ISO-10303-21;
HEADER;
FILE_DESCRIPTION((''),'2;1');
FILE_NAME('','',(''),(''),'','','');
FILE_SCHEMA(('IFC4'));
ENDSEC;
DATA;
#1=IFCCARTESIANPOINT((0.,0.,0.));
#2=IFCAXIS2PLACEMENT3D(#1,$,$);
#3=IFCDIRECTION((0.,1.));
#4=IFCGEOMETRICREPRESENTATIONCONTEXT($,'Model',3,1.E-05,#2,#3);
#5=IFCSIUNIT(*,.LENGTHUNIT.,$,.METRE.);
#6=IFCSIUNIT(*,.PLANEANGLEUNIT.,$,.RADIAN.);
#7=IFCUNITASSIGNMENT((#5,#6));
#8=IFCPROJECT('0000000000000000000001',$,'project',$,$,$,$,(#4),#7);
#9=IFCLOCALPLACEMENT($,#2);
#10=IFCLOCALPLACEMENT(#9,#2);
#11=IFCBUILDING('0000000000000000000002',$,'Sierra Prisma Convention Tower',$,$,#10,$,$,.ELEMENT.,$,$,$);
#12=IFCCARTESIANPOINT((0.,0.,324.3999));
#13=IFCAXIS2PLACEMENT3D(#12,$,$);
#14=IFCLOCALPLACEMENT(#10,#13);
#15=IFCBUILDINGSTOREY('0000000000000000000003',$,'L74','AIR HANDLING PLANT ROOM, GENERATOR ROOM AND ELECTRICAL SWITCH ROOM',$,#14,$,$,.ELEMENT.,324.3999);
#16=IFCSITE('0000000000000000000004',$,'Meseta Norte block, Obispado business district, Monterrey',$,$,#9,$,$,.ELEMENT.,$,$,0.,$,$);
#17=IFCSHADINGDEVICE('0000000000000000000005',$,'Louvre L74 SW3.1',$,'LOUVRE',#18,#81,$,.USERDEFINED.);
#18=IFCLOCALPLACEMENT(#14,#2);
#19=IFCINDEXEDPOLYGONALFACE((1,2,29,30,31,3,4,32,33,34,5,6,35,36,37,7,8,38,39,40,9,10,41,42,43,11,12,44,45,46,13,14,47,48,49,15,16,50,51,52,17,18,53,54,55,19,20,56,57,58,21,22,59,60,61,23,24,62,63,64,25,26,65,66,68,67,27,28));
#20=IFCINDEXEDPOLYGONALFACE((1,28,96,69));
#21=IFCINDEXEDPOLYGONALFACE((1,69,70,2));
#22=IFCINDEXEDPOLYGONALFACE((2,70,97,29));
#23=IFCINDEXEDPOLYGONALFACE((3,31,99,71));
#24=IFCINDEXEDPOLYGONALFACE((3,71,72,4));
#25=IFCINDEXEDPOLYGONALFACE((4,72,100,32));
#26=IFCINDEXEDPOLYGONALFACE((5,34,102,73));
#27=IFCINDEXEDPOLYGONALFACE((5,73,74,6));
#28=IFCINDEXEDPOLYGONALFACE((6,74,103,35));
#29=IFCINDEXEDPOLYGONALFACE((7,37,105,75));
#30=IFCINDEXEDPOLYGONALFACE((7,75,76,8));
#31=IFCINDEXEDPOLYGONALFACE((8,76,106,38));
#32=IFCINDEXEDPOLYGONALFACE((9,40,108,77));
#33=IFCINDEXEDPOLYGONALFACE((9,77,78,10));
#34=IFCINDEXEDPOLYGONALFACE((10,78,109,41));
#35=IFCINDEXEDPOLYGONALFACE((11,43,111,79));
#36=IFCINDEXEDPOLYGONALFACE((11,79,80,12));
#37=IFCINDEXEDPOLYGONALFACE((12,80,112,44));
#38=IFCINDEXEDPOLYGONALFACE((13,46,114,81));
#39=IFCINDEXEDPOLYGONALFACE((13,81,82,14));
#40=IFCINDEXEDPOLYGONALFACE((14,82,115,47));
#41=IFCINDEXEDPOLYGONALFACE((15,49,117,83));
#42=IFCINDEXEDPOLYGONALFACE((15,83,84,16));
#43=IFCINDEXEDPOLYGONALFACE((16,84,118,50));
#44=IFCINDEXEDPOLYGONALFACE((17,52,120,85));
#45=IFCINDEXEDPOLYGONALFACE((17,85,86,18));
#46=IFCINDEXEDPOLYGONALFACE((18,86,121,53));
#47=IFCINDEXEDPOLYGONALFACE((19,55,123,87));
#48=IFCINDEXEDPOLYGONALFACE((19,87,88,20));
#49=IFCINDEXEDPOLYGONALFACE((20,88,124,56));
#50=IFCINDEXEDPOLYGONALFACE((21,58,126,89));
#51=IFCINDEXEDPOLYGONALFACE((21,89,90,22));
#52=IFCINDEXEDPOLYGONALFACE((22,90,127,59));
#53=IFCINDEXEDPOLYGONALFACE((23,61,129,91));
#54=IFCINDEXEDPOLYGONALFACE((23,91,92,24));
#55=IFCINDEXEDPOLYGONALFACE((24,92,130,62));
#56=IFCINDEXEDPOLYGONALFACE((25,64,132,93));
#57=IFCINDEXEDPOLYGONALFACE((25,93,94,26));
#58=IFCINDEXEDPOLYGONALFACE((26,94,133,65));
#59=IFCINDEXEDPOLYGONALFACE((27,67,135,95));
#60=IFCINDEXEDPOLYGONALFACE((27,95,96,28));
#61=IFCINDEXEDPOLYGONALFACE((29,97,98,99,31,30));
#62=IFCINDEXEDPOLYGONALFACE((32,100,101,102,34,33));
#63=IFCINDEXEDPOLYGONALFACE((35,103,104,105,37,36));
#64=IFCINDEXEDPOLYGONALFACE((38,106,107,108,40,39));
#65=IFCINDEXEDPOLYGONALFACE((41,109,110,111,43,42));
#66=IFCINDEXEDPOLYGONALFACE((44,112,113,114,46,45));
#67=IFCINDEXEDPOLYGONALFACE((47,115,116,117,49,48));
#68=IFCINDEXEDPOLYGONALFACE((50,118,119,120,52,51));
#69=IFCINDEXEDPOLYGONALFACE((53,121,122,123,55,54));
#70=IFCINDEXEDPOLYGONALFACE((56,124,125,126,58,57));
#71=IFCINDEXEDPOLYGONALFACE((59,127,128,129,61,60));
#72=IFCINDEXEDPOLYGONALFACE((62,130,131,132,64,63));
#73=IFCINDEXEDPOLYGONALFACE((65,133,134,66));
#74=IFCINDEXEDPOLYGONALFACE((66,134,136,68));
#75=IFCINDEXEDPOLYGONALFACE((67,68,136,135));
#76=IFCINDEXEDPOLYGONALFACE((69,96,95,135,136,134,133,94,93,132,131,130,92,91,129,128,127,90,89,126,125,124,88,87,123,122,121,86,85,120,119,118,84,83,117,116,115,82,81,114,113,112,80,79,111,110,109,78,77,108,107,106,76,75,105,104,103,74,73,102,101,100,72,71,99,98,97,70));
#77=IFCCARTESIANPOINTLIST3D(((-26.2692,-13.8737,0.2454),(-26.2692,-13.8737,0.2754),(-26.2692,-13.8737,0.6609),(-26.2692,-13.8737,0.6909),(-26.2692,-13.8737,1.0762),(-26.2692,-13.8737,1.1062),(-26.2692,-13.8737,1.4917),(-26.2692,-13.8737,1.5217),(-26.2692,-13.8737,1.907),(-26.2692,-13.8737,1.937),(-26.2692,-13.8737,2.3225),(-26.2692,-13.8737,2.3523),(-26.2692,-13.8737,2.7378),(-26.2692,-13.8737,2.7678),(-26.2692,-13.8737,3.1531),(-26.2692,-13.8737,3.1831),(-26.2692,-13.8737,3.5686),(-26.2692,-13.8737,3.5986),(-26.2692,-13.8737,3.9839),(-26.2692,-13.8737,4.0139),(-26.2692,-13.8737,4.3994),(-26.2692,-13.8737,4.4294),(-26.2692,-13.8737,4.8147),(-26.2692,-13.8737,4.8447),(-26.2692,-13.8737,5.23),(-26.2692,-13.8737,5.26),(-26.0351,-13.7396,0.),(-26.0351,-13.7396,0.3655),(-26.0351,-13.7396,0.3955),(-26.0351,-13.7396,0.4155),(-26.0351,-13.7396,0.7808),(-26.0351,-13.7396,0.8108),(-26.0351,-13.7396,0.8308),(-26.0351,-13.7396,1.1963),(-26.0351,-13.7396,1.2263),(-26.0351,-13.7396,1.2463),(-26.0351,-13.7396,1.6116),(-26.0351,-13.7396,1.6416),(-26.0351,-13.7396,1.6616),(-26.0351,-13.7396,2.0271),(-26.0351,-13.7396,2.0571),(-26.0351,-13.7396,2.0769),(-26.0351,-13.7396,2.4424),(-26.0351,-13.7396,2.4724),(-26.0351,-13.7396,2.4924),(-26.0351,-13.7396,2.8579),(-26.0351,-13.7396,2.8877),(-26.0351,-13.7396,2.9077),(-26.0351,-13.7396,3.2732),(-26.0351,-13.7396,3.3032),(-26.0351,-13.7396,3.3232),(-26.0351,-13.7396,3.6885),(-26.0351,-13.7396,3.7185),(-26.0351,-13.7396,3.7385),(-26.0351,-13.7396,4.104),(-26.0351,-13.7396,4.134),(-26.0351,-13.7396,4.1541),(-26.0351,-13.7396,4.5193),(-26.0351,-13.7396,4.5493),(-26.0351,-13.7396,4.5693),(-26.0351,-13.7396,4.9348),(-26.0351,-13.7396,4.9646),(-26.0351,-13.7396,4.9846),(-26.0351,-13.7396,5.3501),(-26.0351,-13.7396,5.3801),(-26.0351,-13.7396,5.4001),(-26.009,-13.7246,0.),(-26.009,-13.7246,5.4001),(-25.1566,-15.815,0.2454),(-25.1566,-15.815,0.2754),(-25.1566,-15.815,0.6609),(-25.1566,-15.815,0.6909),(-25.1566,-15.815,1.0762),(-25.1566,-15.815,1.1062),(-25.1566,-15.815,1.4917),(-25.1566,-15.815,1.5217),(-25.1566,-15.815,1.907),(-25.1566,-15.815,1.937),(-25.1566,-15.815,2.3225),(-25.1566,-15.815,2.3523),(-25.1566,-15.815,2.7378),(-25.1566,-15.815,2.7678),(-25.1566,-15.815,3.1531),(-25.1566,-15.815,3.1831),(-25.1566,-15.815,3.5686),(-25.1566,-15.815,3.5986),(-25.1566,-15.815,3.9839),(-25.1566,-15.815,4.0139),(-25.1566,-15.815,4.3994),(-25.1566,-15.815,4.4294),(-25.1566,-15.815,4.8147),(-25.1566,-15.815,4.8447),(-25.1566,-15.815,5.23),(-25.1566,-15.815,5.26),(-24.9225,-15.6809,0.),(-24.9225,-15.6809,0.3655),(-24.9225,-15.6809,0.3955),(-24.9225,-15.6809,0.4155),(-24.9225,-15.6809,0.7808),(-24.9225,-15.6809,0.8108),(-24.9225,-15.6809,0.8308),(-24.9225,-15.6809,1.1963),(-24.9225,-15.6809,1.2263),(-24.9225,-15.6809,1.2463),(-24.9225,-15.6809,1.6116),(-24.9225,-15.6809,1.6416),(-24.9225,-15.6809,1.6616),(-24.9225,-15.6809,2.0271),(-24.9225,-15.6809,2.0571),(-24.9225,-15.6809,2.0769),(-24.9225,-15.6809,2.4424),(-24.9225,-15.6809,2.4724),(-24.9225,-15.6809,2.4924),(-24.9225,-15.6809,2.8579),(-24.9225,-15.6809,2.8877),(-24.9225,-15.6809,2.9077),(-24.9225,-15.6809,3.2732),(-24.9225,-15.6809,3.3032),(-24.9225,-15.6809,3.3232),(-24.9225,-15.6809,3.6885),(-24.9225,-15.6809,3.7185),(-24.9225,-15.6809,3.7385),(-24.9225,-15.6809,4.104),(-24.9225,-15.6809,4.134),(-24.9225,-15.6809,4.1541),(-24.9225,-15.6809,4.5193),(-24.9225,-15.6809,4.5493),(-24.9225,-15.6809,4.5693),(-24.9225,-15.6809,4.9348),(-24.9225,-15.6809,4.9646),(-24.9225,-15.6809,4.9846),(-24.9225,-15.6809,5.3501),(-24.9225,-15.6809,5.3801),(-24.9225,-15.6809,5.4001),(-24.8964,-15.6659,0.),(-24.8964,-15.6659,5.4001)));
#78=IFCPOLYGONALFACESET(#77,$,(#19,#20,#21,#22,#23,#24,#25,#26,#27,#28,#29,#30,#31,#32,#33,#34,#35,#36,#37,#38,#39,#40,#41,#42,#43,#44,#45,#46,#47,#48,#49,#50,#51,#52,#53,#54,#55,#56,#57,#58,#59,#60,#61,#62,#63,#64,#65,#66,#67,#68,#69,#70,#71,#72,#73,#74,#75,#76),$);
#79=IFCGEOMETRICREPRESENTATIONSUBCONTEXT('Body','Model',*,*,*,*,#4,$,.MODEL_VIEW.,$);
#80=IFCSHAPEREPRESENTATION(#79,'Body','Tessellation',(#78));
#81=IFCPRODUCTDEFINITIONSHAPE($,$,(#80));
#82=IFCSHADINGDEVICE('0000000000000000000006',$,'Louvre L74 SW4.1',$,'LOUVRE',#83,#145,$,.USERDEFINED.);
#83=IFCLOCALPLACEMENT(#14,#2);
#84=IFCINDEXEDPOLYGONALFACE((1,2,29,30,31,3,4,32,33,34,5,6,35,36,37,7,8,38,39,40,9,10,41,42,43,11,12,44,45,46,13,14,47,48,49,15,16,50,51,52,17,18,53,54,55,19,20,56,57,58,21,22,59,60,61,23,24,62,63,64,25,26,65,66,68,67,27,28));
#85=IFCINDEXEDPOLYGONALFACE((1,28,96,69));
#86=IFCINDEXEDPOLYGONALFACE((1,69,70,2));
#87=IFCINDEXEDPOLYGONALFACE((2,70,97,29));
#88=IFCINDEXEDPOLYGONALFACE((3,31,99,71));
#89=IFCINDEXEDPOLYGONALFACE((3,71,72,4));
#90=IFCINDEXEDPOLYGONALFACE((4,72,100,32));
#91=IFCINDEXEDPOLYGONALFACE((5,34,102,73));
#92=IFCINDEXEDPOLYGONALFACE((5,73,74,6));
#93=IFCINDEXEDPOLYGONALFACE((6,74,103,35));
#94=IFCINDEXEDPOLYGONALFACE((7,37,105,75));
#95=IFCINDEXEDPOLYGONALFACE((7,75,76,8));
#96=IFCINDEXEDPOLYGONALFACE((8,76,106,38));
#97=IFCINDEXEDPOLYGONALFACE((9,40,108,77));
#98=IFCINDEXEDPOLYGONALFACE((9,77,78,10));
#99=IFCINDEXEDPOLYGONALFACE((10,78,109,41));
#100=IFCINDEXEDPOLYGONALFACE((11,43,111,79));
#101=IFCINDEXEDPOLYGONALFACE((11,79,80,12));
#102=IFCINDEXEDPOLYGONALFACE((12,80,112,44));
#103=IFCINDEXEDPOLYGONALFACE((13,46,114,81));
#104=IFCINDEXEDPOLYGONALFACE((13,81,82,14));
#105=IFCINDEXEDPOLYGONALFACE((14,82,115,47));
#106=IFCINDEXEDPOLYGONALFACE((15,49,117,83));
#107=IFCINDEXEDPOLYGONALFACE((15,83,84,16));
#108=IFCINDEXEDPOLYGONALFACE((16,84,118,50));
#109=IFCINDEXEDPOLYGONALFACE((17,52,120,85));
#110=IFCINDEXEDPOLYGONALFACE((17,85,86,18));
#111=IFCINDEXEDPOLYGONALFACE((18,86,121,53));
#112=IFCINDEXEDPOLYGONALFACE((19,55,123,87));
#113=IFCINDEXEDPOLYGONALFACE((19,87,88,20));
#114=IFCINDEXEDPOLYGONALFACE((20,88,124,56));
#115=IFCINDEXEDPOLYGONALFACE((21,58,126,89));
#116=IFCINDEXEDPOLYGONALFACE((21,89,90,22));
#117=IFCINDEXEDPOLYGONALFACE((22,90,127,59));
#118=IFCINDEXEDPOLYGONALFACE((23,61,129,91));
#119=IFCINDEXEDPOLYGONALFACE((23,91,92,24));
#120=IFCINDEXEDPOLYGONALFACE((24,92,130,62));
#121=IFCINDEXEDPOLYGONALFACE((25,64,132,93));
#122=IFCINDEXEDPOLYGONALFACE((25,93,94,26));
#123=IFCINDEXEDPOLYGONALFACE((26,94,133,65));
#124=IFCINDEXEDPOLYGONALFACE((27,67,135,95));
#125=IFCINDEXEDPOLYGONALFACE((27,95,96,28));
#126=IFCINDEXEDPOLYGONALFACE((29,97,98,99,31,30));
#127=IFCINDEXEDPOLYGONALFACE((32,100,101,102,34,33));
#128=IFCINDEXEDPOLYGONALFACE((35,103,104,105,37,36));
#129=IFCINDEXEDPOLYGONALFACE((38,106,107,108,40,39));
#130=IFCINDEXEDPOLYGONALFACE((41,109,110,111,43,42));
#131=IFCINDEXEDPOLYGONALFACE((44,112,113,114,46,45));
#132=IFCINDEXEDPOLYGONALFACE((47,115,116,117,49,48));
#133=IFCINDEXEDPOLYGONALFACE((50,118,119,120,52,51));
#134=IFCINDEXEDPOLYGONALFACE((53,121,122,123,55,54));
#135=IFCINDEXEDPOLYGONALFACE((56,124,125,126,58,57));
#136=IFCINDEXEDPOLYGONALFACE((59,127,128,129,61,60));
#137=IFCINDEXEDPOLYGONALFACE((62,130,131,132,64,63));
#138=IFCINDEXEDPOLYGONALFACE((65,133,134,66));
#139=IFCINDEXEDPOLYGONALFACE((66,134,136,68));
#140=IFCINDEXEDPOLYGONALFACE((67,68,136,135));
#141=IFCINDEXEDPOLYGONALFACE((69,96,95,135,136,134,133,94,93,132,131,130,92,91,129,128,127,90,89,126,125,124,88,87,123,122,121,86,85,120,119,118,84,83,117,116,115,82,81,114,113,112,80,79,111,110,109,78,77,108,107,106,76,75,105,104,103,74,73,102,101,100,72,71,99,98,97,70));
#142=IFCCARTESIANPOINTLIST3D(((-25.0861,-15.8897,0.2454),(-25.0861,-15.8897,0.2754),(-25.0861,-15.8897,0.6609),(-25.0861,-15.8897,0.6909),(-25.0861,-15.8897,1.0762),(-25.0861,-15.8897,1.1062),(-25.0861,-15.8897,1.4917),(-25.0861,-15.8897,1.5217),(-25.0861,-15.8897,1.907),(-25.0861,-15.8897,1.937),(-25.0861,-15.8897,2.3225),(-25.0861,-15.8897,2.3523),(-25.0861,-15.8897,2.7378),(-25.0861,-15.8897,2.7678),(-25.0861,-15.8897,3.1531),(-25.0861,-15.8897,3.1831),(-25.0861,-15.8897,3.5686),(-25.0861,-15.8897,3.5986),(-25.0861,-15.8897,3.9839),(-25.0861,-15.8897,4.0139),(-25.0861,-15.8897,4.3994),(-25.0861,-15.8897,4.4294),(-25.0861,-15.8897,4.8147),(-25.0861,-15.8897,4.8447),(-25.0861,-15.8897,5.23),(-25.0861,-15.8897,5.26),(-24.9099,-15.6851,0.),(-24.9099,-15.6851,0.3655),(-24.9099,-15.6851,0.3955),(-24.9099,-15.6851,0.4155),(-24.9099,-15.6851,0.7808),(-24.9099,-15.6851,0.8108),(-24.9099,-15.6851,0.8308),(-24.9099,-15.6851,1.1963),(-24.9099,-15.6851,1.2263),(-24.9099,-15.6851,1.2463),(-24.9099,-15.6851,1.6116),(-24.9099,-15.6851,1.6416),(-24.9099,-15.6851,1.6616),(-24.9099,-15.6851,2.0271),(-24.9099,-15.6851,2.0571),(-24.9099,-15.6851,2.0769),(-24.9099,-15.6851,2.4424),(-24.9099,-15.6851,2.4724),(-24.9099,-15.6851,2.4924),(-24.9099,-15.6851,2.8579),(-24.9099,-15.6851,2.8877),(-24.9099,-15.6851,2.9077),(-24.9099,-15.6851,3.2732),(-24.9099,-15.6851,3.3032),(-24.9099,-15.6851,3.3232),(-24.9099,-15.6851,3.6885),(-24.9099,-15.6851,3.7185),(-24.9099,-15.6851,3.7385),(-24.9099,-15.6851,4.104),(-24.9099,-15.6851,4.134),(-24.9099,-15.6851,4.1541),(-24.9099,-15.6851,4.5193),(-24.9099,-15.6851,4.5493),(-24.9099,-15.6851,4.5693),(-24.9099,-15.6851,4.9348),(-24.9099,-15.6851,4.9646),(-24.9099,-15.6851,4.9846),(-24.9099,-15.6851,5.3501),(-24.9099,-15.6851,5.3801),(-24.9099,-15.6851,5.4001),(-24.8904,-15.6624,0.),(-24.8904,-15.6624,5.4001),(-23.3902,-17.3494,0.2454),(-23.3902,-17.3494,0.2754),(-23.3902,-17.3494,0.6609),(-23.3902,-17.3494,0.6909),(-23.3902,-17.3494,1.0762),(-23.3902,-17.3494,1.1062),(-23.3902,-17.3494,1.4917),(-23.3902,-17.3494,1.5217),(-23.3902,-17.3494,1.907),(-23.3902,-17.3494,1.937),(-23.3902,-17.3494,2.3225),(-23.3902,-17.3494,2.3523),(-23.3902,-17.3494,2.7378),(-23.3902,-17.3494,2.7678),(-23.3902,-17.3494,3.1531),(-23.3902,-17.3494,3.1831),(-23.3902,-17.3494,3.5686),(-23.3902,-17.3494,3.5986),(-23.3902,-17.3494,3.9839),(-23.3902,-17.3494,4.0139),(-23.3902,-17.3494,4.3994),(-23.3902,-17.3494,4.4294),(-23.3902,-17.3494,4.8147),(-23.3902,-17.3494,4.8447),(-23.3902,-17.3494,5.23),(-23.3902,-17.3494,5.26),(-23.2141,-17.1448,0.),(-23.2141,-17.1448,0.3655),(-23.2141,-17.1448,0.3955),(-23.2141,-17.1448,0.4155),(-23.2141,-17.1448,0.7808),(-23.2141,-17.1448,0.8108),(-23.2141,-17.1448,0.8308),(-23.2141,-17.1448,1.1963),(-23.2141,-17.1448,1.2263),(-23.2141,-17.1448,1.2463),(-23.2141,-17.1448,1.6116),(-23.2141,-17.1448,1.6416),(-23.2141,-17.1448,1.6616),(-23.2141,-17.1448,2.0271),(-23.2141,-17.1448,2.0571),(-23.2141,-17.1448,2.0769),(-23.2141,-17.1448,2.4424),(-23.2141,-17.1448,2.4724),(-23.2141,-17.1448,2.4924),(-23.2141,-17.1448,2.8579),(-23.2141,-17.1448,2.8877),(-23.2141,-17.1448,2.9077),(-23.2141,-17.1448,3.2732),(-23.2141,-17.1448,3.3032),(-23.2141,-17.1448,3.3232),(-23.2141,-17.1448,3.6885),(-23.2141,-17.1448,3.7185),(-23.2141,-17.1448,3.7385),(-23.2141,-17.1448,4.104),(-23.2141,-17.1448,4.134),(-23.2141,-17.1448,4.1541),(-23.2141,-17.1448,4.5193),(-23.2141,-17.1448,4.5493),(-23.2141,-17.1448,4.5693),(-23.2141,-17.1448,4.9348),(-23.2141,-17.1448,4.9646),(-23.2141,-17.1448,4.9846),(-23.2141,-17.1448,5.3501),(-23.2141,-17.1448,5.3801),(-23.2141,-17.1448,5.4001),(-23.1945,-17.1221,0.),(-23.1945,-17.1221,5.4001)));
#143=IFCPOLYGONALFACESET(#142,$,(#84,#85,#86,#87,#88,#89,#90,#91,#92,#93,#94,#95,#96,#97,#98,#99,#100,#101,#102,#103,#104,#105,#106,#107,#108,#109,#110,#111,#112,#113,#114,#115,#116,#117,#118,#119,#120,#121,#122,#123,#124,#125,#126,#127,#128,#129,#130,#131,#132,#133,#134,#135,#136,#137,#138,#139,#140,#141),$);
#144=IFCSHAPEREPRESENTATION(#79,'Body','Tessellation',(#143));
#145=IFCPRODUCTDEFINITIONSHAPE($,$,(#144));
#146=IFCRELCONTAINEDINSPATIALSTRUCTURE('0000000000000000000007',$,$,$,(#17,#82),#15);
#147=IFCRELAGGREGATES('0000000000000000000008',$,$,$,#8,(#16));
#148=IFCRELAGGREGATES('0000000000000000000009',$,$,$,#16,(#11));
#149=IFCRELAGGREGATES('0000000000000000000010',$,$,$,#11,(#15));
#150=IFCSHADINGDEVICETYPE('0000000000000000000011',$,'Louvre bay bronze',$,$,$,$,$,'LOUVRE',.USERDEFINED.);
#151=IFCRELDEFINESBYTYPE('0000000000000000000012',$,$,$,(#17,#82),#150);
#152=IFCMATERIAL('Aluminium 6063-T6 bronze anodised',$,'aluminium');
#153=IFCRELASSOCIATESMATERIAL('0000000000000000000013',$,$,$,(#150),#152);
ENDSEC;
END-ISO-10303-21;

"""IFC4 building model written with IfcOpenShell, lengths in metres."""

from ifc_helpers import new_model, si_unit, direction, frame, origin, place, context, subcontext, project, spatial, polyline, outline, extrude, material, type_object, element, save


model = new_model("IFC4")

# Units and contexts
model_context = context("Model", 3, precision=1e-05, world=origin(), true_north=direction((0.0, 1.0)))
body_context = subcontext(model_context, "Body", "Model", "MODEL_VIEW")
ifc_project = project(units=[si_unit("LENGTHUNIT", "METRE"), si_unit("PLANEANGLEUNIT", "RADIAN")], contexts=[model_context])

# Site, building, storey
site_placement = place(None, origin())
site = spatial("IfcSite", under=ifc_project, at=site_placement, Name="Meseta Norte block, Obispado business district, Monterrey", CompositionType="ELEMENT", RefElevation=0.0)
building_placement = place(site_placement, origin())
building = spatial("IfcBuilding", under=site, at=building_placement, Name="Sierra Prisma Convention Tower", CompositionType="ELEMENT")
storey_placement = place(building_placement, frame((0.0, 0.0, 324.3999)))
storey = spatial("IfcBuildingStorey", under=building, at=storey_placement, Name="L74", Description="AIR HANDLING PLANT ROOM, GENERATOR ROOM AND ELECTRICAL SWITCH ROOM", CompositionType="ELEMENT", Elevation=324.3999)

# Shading devices
ifc_material_1 = material(Name="Aluminium 6063-T6 bronze anodised", Category="aluminium")
shading_device_type = type_object("IfcShadingDeviceType", Name="Louvre bay bronze", ElementType="LOUVRE", PredefinedType="USERDEFINED", material=ifc_material_1)
shading_device_1_placement = place(storey_placement, frame((-26.009, -13.7246, 0.0), z_axis=(-0.497256, 0.867604, 0.0), x_axis=(0.0, 0.0, 1.0)))
element("IfcShadingDevice", 1, at=shading_device_1_placement, inside=storey, type_object=shading_device_type, Name="Louvre L74 SW3.1", ObjectType="LOUVRE", PredefinedType="USERDEFINED", context=body_context, shape_type="SweptSolid", body=[
    extrude(outline(polyline([(0.0, 0.0), (5.4001, 0.0), (5.4001, -0.0301), (5.3801, -0.0301), (5.26, -0.2999), (5.23, -0.2999), (5.3501, -0.0301), (4.9846, -0.0301), (4.9646, -0.0301), (4.8447, -0.2999), (4.8147, -0.2999), (4.9348, -0.0301), (4.5693, -0.0301), (4.5493, -0.0301), (4.4294, -0.2999), (4.3994, -0.2999), (4.5193, -0.0301), (4.1541, -0.0301), (4.134, -0.0301), (4.0139, -0.2999), (3.9839, -0.2999), (4.104, -0.0301), (3.7385, -0.0301), (3.7185, -0.0301), (3.5986, -0.2999), (3.5686, -0.2999), (3.6885, -0.0301), (3.3232, -0.0301), (3.3032, -0.0301), (3.1831, -0.2999), (3.1531, -0.2999), (3.2732, -0.0301), (2.9077, -0.0301), (2.8877, -0.0301), (2.7678, -0.2999), (2.7378, -0.2999), (2.8579, -0.0301), (2.4924, -0.0301), (2.4724, -0.0301), (2.3523, -0.2999), (2.3225, -0.2999), (2.4424, -0.0301), (2.0769, -0.0301), (2.0571, -0.0301), (1.937, -0.2999), (1.907, -0.2999), (2.0271, -0.0301), (1.6616, -0.0301), (1.6416, -0.0301), (1.5217, -0.2999), (1.4917, -0.2999), (1.6116, -0.0301), (1.2463, -0.0301), (1.2263, -0.0301), (1.1062, -0.2999), (1.0762, -0.2999), (1.1963, -0.0301), (0.8308, -0.0301), (0.8108, -0.0301), (0.6909, -0.2999), (0.6609, -0.2999), (0.7808, -0.0301), (0.4155, -0.0301), (0.3955, -0.0301), (0.2754, -0.2999), (0.2454, -0.2999), (0.3655, -0.0301), (0.0, -0.0301), (0.0, 0.0)])), origin(), (0.0, 0.0, -1.0), 2.2375),
])
shading_device_2_placement = place(storey_placement, frame((-24.8904, -15.6624, 0.0), z_axis=(-0.757904, 0.652367, 0.0), x_axis=(0.0, 0.0, 1.0)))
element("IfcShadingDevice", 2, at=shading_device_2_placement, inside=storey, type_object=shading_device_type, Name="Louvre L74 SW4.1", ObjectType="LOUVRE", PredefinedType="USERDEFINED", context=body_context, shape_type="SweptSolid", body=[
    extrude(outline(polyline([(0.0, 0.0), (5.4001, 0.0), (5.4001, -0.0299), (5.3801, -0.0299), (5.26, -0.3), (5.23, -0.3), (5.3501, -0.0299), (4.9846, -0.0299), (4.9646, -0.0299), (4.8447, -0.3), (4.8147, -0.3), (4.9348, -0.0299), (4.5693, -0.0299), (4.5493, -0.0299), (4.4294, -0.3), (4.3994, -0.3), (4.5193, -0.0299), (4.1541, -0.0299), (4.134, -0.0299), (4.0139, -0.3), (3.9839, -0.3), (4.104, -0.0299), (3.7385, -0.0299), (3.7185, -0.0299), (3.5986, -0.3), (3.5686, -0.3), (3.6885, -0.0299), (3.3232, -0.0299), (3.3032, -0.0299), (3.1831, -0.3), (3.1531, -0.3), (3.2732, -0.0299), (2.9077, -0.0299), (2.8877, -0.0299), (2.7678, -0.3), (2.7378, -0.3), (2.8579, -0.0299), (2.4924, -0.0299), (2.4724, -0.0299), (2.3523, -0.3), (2.3225, -0.3), (2.4424, -0.0299), (2.0769, -0.0299), (2.0571, -0.0299), (1.937, -0.3), (1.907, -0.3), (2.0271, -0.0299), (1.6616, -0.0299), (1.6416, -0.0299), (1.5217, -0.3), (1.4917, -0.3), (1.6116, -0.0299), (1.2463, -0.0299), (1.2263, -0.0299), (1.1062, -0.3), (1.0762, -0.3), (1.1963, -0.0299), (0.8308, -0.0299), (0.8108, -0.0299), (0.6909, -0.3), (0.6609, -0.3), (0.7808, -0.0299), (0.4155, -0.0299), (0.3955, -0.0299), (0.2754, -0.3), (0.2454, -0.3), (0.3655, -0.0299), (0.0, -0.0299), (0.0, 0.0)])), origin(), (0.0, 0.0, -1.0), 2.2375),
])

save(model, "model.ifc")
